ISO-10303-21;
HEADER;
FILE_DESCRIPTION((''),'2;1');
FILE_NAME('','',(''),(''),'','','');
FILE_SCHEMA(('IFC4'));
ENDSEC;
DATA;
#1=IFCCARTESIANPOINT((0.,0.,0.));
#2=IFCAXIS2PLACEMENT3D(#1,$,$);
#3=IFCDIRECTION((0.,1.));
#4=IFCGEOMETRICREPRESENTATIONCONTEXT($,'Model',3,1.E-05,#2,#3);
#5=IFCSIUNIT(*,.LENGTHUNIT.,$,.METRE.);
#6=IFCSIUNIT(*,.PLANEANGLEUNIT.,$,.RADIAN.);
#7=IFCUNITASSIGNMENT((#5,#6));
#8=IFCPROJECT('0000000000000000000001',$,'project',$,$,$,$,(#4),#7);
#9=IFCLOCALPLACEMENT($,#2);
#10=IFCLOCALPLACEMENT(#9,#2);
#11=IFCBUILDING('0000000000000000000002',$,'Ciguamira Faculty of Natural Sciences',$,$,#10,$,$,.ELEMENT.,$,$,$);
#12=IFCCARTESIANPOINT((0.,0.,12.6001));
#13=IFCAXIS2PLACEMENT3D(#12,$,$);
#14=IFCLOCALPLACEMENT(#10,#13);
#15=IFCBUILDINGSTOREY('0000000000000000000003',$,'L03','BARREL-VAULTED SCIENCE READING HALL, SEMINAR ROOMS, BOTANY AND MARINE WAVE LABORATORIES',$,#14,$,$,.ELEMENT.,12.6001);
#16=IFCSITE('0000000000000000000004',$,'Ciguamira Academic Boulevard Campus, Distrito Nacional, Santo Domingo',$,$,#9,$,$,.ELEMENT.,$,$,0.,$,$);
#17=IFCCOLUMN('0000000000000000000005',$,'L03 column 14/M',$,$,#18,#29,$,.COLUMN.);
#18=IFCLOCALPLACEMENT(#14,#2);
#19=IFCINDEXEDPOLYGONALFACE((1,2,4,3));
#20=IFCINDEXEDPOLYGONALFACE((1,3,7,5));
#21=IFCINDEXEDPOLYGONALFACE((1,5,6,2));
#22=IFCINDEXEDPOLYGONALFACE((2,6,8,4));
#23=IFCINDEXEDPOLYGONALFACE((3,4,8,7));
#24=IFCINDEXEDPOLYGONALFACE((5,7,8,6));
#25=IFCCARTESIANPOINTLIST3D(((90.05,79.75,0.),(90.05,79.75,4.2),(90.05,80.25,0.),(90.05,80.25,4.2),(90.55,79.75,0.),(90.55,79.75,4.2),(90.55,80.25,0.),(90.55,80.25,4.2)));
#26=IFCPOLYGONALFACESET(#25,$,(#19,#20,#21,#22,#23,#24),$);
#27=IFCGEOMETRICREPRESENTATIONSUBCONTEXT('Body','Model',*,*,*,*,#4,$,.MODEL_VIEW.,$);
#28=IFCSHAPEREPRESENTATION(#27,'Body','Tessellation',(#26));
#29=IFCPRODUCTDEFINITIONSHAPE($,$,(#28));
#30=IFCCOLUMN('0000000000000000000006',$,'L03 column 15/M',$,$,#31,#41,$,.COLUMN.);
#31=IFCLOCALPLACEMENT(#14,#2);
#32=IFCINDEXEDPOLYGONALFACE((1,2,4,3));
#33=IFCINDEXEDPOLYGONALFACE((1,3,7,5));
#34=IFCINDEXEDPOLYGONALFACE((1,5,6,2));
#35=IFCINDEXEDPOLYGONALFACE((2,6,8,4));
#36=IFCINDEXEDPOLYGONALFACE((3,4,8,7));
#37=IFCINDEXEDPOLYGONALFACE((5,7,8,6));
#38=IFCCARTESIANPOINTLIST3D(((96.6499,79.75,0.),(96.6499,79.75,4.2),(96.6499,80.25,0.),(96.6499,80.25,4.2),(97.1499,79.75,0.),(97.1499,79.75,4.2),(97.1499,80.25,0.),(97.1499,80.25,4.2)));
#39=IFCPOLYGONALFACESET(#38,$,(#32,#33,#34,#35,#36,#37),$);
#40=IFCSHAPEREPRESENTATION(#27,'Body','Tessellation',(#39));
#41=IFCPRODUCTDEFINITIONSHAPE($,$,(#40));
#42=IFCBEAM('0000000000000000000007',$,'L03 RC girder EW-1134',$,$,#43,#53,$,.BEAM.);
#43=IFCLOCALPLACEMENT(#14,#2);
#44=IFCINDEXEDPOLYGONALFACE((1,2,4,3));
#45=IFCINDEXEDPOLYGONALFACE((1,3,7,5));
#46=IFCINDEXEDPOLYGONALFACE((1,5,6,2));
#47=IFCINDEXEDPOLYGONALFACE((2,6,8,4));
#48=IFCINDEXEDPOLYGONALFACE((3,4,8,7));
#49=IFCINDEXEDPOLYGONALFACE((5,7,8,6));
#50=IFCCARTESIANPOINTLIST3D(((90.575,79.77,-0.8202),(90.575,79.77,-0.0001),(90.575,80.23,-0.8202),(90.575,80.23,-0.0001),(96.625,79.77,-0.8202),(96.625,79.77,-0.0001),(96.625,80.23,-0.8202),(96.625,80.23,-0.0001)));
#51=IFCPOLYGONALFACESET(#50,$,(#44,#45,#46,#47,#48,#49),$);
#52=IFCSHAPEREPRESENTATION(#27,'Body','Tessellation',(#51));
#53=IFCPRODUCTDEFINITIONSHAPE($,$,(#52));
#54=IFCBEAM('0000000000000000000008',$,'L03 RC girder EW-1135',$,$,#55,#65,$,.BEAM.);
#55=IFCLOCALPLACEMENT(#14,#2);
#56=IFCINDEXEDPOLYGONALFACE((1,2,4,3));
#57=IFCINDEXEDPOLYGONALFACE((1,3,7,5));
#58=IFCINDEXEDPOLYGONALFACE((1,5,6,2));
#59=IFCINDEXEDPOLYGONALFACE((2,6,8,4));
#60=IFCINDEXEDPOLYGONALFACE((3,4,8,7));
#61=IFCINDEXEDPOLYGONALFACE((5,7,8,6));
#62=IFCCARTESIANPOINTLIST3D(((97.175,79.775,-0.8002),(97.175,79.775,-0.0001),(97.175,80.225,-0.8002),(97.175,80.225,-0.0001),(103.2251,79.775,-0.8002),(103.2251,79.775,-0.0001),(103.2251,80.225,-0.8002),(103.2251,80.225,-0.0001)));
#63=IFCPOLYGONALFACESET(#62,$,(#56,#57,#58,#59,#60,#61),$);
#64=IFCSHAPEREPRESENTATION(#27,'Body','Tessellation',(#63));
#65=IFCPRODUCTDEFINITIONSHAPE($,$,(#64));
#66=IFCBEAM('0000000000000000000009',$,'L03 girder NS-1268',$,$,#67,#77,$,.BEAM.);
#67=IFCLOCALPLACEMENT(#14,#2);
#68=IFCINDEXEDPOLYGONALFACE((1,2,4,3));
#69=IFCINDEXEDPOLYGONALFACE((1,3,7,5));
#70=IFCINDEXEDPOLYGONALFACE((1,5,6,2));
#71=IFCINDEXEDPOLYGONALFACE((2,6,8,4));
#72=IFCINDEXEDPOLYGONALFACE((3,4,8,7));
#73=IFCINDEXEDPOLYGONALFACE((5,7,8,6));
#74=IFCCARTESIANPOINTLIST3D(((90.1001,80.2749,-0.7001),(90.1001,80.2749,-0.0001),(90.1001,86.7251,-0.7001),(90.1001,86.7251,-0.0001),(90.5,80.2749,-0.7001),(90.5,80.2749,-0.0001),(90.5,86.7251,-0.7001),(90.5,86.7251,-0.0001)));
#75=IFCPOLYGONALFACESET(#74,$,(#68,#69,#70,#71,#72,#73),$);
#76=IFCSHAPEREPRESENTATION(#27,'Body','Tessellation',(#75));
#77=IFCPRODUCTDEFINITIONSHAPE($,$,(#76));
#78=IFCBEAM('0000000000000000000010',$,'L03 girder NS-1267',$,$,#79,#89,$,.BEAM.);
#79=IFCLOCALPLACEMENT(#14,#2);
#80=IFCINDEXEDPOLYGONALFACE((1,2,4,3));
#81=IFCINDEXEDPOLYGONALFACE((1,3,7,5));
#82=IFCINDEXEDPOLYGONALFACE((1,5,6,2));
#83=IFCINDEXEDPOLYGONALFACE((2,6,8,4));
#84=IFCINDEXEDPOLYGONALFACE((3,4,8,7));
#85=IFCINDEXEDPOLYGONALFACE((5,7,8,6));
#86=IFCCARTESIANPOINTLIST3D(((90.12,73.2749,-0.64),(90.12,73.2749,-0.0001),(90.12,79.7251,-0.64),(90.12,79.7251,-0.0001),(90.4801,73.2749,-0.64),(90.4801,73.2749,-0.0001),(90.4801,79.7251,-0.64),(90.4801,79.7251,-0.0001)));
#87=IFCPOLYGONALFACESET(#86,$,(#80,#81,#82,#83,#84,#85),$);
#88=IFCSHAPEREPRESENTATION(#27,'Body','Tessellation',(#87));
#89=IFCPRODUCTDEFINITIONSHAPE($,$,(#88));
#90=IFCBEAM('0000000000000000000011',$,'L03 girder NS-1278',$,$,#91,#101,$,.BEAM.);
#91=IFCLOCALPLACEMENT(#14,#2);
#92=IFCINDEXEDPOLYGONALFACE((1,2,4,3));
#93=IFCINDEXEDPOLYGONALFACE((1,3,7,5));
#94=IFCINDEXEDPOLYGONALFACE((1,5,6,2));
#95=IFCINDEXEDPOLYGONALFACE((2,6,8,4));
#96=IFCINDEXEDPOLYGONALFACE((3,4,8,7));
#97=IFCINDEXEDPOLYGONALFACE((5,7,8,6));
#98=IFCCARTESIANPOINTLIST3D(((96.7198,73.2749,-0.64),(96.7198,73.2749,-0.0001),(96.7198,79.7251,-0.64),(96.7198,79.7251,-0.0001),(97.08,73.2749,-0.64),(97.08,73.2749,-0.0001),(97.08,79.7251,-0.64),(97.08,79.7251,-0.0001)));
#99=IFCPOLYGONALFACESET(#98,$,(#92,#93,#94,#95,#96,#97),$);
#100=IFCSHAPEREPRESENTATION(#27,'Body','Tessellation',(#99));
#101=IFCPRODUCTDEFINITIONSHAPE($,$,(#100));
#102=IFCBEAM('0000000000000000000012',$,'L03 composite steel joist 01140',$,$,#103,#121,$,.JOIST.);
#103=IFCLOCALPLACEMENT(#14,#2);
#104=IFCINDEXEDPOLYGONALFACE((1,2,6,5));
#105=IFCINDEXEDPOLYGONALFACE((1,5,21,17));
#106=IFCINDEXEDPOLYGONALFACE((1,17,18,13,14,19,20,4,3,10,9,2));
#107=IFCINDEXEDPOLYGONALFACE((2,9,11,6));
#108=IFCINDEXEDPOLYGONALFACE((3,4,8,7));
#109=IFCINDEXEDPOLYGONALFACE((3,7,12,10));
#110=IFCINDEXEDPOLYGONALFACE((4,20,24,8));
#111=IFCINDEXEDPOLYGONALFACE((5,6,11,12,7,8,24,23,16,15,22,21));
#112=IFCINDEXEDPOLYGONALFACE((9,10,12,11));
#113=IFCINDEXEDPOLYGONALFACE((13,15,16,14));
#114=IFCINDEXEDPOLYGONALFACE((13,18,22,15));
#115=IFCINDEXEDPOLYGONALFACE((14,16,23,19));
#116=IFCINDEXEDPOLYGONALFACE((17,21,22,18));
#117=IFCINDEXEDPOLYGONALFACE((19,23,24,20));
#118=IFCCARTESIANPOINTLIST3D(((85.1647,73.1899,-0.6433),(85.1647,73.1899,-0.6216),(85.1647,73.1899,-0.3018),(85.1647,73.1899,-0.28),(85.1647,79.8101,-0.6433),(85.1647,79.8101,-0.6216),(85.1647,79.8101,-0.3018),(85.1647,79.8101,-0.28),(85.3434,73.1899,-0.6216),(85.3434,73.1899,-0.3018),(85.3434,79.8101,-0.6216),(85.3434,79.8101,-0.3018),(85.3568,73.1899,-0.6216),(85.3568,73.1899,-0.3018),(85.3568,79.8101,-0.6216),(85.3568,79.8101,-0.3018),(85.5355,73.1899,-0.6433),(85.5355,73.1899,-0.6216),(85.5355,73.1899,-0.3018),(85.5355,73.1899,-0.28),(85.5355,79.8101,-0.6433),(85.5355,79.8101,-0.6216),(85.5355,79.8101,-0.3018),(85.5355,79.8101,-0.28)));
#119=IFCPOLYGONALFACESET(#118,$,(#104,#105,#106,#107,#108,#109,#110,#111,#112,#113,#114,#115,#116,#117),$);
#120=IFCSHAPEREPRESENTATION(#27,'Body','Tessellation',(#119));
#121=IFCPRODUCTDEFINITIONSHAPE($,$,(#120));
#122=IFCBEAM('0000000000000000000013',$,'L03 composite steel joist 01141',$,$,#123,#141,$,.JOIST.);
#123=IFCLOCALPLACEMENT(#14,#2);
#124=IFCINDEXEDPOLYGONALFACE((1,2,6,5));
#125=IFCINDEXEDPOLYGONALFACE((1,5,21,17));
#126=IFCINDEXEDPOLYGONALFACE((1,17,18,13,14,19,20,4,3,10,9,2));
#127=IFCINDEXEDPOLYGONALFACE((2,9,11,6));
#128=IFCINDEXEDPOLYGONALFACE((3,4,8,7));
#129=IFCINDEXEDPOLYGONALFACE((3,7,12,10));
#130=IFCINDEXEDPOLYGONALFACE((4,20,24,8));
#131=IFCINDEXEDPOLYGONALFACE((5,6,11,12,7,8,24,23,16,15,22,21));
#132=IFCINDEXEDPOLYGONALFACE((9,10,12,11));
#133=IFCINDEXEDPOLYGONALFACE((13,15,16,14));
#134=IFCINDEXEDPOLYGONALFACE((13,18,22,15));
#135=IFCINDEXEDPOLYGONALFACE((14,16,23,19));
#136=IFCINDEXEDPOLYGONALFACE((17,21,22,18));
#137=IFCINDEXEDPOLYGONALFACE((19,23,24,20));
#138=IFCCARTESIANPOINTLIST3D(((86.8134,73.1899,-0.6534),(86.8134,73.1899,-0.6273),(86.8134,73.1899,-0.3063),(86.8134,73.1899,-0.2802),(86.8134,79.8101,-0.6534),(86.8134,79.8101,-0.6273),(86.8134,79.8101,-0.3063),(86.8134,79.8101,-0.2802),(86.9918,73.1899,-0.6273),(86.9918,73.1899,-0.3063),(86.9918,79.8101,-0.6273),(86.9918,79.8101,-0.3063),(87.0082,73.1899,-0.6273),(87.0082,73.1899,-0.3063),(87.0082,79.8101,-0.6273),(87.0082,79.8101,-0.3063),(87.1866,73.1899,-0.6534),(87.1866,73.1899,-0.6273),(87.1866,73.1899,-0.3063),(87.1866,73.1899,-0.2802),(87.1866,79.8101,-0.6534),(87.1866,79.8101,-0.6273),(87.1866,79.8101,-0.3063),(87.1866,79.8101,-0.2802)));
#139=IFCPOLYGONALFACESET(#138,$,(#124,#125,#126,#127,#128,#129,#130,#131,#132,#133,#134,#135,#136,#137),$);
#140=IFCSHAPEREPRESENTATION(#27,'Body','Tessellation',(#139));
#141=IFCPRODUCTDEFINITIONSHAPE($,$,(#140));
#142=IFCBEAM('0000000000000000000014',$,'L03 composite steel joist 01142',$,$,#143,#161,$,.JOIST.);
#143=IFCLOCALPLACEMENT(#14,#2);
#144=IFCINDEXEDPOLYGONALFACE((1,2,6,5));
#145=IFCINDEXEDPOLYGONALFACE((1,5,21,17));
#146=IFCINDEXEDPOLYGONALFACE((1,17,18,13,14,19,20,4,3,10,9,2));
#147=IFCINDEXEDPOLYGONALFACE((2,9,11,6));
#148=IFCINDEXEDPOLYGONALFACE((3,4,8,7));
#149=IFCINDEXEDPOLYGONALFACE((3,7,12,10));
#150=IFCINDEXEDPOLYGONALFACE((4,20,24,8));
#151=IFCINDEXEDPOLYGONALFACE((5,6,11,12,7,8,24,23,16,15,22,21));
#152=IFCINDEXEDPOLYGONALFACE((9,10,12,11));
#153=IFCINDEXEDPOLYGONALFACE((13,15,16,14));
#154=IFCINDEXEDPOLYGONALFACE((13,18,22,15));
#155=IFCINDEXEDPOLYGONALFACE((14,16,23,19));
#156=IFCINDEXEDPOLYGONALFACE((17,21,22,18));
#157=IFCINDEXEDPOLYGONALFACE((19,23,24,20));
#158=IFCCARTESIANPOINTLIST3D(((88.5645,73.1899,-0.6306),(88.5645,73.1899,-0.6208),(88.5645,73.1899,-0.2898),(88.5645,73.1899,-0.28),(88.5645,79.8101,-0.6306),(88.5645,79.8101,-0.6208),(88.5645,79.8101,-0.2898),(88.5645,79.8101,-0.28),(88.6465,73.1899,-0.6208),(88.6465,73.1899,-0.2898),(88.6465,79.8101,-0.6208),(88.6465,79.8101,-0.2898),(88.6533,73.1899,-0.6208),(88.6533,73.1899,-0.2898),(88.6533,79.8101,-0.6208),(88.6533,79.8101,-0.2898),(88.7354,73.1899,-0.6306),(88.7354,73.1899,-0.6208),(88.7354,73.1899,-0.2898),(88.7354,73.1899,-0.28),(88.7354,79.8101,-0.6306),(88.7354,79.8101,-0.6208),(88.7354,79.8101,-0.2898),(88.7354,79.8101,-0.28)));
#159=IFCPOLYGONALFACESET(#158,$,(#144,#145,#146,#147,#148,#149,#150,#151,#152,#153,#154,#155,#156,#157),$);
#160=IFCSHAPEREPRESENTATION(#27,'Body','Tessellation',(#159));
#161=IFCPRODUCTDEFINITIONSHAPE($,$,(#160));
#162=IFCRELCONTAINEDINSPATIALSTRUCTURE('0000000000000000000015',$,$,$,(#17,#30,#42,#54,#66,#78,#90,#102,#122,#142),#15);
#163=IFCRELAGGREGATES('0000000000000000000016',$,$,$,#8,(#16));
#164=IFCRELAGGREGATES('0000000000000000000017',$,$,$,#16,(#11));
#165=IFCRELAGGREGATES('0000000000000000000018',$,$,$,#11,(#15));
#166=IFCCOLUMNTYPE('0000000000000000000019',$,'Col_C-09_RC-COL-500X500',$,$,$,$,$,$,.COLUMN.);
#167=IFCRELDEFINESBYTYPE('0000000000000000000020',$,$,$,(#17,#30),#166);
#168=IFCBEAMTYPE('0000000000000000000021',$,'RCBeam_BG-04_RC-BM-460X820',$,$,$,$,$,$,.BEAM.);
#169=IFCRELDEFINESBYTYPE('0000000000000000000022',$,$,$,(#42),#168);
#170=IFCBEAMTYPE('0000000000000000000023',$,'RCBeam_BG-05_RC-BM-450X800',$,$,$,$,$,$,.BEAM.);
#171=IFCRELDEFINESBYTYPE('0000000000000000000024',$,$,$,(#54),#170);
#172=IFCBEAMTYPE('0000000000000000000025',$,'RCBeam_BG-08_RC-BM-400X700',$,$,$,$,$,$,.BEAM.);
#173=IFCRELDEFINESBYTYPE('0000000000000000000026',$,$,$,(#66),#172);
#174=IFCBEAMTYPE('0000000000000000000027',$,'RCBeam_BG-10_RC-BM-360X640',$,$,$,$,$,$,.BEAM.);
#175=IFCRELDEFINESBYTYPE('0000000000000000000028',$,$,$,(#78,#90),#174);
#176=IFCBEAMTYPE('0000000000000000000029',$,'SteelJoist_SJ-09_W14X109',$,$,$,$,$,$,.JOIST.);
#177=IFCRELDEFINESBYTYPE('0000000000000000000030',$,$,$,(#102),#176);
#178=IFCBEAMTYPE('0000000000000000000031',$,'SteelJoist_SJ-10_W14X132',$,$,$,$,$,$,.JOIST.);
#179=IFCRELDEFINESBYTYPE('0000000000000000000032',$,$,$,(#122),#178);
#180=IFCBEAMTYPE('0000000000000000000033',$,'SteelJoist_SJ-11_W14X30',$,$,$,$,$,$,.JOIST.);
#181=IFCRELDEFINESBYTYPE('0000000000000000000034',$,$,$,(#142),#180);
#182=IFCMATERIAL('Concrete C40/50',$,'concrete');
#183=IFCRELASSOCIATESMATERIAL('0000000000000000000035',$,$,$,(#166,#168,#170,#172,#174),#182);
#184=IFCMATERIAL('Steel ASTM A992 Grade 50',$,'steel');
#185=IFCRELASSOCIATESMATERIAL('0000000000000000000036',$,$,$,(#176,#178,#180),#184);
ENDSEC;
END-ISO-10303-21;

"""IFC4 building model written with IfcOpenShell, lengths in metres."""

from ifc_helpers import new_model, si_unit, direction, frame, origin, origin_2d, place, context, subcontext, project, spatial, rectangle, i_section, extrude, material, material_profile, profile_set, type_object, element, save


model = new_model("IFC4")

# Units and contexts
model_context = context("Model", 3, precision=1e-05, world=origin(), true_north=direction((0.0, 1.0)))
body_context = subcontext(model_context, "Body", "Model", "MODEL_VIEW")
ifc_project = project(units=[si_unit("LENGTHUNIT", "METRE"), si_unit("PLANEANGLEUNIT", "RADIAN")], contexts=[model_context])

# Site, building, storey
site_placement = place(None, origin())
site = spatial("IfcSite", under=ifc_project, at=site_placement, Name="Ciguamira Academic Boulevard Campus, Distrito Nacional, Santo Domingo", CompositionType="ELEMENT", RefElevation=0.0)
building_placement = place(site_placement, origin())
building = spatial("IfcBuilding", under=site, at=building_placement, Name="Ciguamira Faculty of Natural Sciences", CompositionType="ELEMENT")
storey_placement = place(building_placement, frame((0.0, 0.0, 12.6001)))
storey = spatial("IfcBuildingStorey", under=building, at=storey_placement, Name="L03", Description="BARREL-VAULTED SCIENCE READING HALL, SEMINAR ROOMS, BOTANY AND MARINE WAVE LABORATORIES", CompositionType="ELEMENT", Elevation=12.6001)

# Columns
ifc_material_1 = material(Name="Concrete C40/50", Category="concrete")
ifc_material_profile_1 = material_profile(ifc_material_1, rectangle(XDim=0.5, YDim=0.5, at=origin_2d()), Name="RC-COL-500X500")
ifc_profile_set_1 = profile_set([ifc_material_profile_1], Name="Concrete C40/50")
column_type = type_object("IfcColumnType", Name="Col_C-09_RC-COL-500X500", PredefinedType="COLUMN", material=ifc_profile_set_1)
for number, where, z_axis, x_axis, name in (
    (1, (90.3, 80.0, 0.0), (0.0, 0.0, 1.0), (1.0, 0.0, 0.0), "L03 column 14/M"),
    (2, (96.8999, 80.0, 0.0), (0.0, 0.0, 1.0), (1.0, 0.0, 0.0), "L03 column 15/M"),
):
    element("IfcColumn", number, at=place(storey_placement, frame(where, z_axis=z_axis, x_axis=x_axis)), inside=storey, type_object=column_type, Name=name, PredefinedType="COLUMN", context=body_context, shape_type="SweptSolid", body=[
        extrude(rectangle(XDim=0.5, YDim=0.5, at=origin_2d()), origin(), (0.0, 0.0, 1.0), 4.2),
    ])

# Beams
ifc_material_profile_2 = material_profile(ifc_material_1, rectangle(XDim=0.46, YDim=0.8201, at=origin_2d()), Name="RC-BM-460X820")
ifc_profile_set_2 = profile_set([ifc_material_profile_2], Name="Concrete C40/50")
beam_type_1 = type_object("IfcBeamType", Name="RCBeam_BG-04_RC-BM-460X820", PredefinedType="BEAM", material=ifc_profile_set_2)
beam_1_placement = place(storey_placement, frame((90.575, 80.0, -0.4102), z_axis=(1.0, 0.0, 0.0), x_axis=(0.0, 1.0, 0.0)))
element("IfcBeam", 3, at=beam_1_placement, inside=storey, type_object=beam_type_1, Name="L03 RC girder EW-1134", PredefinedType="BEAM", context=body_context, shape_type="SweptSolid", body=[
    extrude(rectangle(XDim=0.46, YDim=0.8201, at=origin_2d()), origin(), (0.0, 0.0, 1.0), 6.05),
])
ifc_material_profile_3 = material_profile(ifc_material_1, rectangle(XDim=0.45, YDim=0.8, at=origin_2d()), Name="RC-BM-450X800")
ifc_profile_set_3 = profile_set([ifc_material_profile_3], Name="Concrete C40/50")
beam_type_2 = type_object("IfcBeamType", Name="RCBeam_BG-05_RC-BM-450X800", PredefinedType="BEAM", material=ifc_profile_set_3)
beam_2_placement = place(storey_placement, frame((97.175, 80.0, -0.4001), z_axis=(1.0, 0.0, 0.0), x_axis=(0.0, 1.0, 0.0)))
element("IfcBeam", 4, at=beam_2_placement, inside=storey, type_object=beam_type_2, Name="L03 RC girder EW-1135", PredefinedType="BEAM", context=body_context, shape_type="SweptSolid", body=[
    extrude(rectangle(XDim=0.45, YDim=0.8, at=origin_2d()), origin(), (0.0, 0.0, 1.0), 6.05),
])
ifc_material_profile_4 = material_profile(ifc_material_1, rectangle(XDim=0.3999, YDim=0.7, at=origin_2d()), Name="RC-BM-400X700")
ifc_profile_set_4 = profile_set([ifc_material_profile_4], Name="Concrete C40/50")
beam_type_3 = type_object("IfcBeamType", Name="RCBeam_BG-08_RC-BM-400X700", PredefinedType="BEAM", material=ifc_profile_set_4)
beam_3_placement = place(storey_placement, frame((90.3, 80.2749, -0.3501), z_axis=(0.0, 1.0, 0.0), x_axis=(-1.0, 0.0, 0.0)))
element("IfcBeam", 5, at=beam_3_placement, inside=storey, type_object=beam_type_3, Name="L03 girder NS-1268", PredefinedType="BEAM", context=body_context, shape_type="SweptSolid", body=[
    extrude(rectangle(XDim=0.3999, YDim=0.7, at=origin_2d()), origin(), (0.0, 0.0, 1.0), 6.4502),
])
ifc_material_profile_5 = material_profile(ifc_material_1, rectangle(XDim=0.3601, YDim=0.6399, at=origin_2d()), Name="RC-BM-360X640")
ifc_profile_set_5 = profile_set([ifc_material_profile_5], Name="Concrete C40/50")
beam_type_4 = type_object("IfcBeamType", Name="RCBeam_BG-10_RC-BM-360X640", PredefinedType="BEAM", material=ifc_profile_set_5)
for number, where, z_axis, x_axis, name in (
    (6, (90.3, 73.2749, -0.3201), (0.0, 1.0, 0.0), (-1.0, 0.0, 0.0), "L03 girder NS-1267"),
    (7, (96.8999, 73.2749, -0.3201), (0.0, 1.0, 0.0), (-1.0, 0.0, 0.0), "L03 girder NS-1278"),
):
    element("IfcBeam", number, at=place(storey_placement, frame(where, z_axis=z_axis, x_axis=x_axis)), inside=storey, type_object=beam_type_4, Name=name, PredefinedType="BEAM", context=body_context, shape_type="SweptSolid", body=[
        extrude(rectangle(XDim=0.3601, YDim=0.6399, at=origin_2d()), origin(), (0.0, 0.0, 1.0), 6.4502),
    ])
ifc_material_2 = material(Name="Steel ASTM A992 Grade 50", Category="steel")
ifc_material_profile_6 = material_profile(ifc_material_2, i_section(OverallWidth=0.3708, OverallDepth=0.3633, WebThickness=0.0134, FlangeThickness=0.0217, at=origin_2d()), Name="W14X109")
ifc_profile_set_6 = profile_set([ifc_material_profile_6], Name="Steel ASTM A992 Grade 50")
beam_type_5 = type_object("IfcBeamType", Name="SteelJoist_SJ-09_W14X109", PredefinedType="JOIST", material=ifc_profile_set_6)
beam_4_placement = place(storey_placement, frame((85.3501, 73.1899, -0.4617), z_axis=(0.0, 1.0, 0.0), x_axis=(-1.0, 0.0, 0.0)))
element("IfcBeam", 8, at=beam_4_placement, inside=storey, type_object=beam_type_5, Name="L03 composite steel joist 01140", PredefinedType="JOIST", context=body_context, shape_type="SweptSolid", body=[
    extrude(i_section(OverallWidth=0.3708, OverallDepth=0.3633, WebThickness=0.0134, FlangeThickness=0.0217, at=origin_2d()), origin(), (0.0, 0.0, 1.0), 6.6201),
])
ifc_material_profile_7 = material_profile(ifc_material_2, i_section(OverallWidth=0.3733, OverallDepth=0.3733, WebThickness=0.0164, FlangeThickness=0.0261, at=origin_2d()), Name="W14X132")
ifc_profile_set_7 = profile_set([ifc_material_profile_7], Name="Steel ASTM A992 Grade 50")
beam_type_6 = type_object("IfcBeamType", Name="SteelJoist_SJ-10_W14X132", PredefinedType="JOIST", material=ifc_profile_set_7)
beam_5_placement = place(storey_placement, frame((87.0, 73.1899, -0.4668), z_axis=(0.0, 1.0, 0.0), x_axis=(-1.0, 0.0, 0.0)))
element("IfcBeam", 9, at=beam_5_placement, inside=storey, type_object=beam_type_6, Name="L03 composite steel joist 01141", PredefinedType="JOIST", context=body_context, shape_type="SweptSolid", body=[
    extrude(i_section(OverallWidth=0.3733, OverallDepth=0.3733, WebThickness=0.0164, FlangeThickness=0.0261, at=origin_2d()), origin(), (0.0, 0.0, 1.0), 6.6201),
])
ifc_material_profile_8 = material_profile(ifc_material_2, i_section(OverallWidth=0.1709, OverallDepth=0.3506, WebThickness=0.0068, FlangeThickness=0.0098, at=origin_2d()), Name="W14X30")
ifc_profile_set_8 = profile_set([ifc_material_profile_8], Name="Steel ASTM A992 Grade 50")
beam_type_7 = type_object("IfcBeamType", Name="SteelJoist_SJ-11_W14X30", PredefinedType="JOIST", material=ifc_profile_set_8)
beam_6_placement = place(storey_placement, frame((88.6499, 73.1899, -0.4553), z_axis=(0.0, 1.0, 0.0), x_axis=(-1.0, 0.0, 0.0)))
element("IfcBeam", 10, at=beam_6_placement, inside=storey, type_object=beam_type_7, Name="L03 composite steel joist 01142", PredefinedType="JOIST", context=body_context, shape_type="SweptSolid", body=[
    extrude(i_section(OverallWidth=0.1709, OverallDepth=0.3506, WebThickness=0.0068, FlangeThickness=0.0098, at=origin_2d()), origin(), (0.0, 0.0, 1.0), 6.6201),
])

save(model, "model.ifc")
